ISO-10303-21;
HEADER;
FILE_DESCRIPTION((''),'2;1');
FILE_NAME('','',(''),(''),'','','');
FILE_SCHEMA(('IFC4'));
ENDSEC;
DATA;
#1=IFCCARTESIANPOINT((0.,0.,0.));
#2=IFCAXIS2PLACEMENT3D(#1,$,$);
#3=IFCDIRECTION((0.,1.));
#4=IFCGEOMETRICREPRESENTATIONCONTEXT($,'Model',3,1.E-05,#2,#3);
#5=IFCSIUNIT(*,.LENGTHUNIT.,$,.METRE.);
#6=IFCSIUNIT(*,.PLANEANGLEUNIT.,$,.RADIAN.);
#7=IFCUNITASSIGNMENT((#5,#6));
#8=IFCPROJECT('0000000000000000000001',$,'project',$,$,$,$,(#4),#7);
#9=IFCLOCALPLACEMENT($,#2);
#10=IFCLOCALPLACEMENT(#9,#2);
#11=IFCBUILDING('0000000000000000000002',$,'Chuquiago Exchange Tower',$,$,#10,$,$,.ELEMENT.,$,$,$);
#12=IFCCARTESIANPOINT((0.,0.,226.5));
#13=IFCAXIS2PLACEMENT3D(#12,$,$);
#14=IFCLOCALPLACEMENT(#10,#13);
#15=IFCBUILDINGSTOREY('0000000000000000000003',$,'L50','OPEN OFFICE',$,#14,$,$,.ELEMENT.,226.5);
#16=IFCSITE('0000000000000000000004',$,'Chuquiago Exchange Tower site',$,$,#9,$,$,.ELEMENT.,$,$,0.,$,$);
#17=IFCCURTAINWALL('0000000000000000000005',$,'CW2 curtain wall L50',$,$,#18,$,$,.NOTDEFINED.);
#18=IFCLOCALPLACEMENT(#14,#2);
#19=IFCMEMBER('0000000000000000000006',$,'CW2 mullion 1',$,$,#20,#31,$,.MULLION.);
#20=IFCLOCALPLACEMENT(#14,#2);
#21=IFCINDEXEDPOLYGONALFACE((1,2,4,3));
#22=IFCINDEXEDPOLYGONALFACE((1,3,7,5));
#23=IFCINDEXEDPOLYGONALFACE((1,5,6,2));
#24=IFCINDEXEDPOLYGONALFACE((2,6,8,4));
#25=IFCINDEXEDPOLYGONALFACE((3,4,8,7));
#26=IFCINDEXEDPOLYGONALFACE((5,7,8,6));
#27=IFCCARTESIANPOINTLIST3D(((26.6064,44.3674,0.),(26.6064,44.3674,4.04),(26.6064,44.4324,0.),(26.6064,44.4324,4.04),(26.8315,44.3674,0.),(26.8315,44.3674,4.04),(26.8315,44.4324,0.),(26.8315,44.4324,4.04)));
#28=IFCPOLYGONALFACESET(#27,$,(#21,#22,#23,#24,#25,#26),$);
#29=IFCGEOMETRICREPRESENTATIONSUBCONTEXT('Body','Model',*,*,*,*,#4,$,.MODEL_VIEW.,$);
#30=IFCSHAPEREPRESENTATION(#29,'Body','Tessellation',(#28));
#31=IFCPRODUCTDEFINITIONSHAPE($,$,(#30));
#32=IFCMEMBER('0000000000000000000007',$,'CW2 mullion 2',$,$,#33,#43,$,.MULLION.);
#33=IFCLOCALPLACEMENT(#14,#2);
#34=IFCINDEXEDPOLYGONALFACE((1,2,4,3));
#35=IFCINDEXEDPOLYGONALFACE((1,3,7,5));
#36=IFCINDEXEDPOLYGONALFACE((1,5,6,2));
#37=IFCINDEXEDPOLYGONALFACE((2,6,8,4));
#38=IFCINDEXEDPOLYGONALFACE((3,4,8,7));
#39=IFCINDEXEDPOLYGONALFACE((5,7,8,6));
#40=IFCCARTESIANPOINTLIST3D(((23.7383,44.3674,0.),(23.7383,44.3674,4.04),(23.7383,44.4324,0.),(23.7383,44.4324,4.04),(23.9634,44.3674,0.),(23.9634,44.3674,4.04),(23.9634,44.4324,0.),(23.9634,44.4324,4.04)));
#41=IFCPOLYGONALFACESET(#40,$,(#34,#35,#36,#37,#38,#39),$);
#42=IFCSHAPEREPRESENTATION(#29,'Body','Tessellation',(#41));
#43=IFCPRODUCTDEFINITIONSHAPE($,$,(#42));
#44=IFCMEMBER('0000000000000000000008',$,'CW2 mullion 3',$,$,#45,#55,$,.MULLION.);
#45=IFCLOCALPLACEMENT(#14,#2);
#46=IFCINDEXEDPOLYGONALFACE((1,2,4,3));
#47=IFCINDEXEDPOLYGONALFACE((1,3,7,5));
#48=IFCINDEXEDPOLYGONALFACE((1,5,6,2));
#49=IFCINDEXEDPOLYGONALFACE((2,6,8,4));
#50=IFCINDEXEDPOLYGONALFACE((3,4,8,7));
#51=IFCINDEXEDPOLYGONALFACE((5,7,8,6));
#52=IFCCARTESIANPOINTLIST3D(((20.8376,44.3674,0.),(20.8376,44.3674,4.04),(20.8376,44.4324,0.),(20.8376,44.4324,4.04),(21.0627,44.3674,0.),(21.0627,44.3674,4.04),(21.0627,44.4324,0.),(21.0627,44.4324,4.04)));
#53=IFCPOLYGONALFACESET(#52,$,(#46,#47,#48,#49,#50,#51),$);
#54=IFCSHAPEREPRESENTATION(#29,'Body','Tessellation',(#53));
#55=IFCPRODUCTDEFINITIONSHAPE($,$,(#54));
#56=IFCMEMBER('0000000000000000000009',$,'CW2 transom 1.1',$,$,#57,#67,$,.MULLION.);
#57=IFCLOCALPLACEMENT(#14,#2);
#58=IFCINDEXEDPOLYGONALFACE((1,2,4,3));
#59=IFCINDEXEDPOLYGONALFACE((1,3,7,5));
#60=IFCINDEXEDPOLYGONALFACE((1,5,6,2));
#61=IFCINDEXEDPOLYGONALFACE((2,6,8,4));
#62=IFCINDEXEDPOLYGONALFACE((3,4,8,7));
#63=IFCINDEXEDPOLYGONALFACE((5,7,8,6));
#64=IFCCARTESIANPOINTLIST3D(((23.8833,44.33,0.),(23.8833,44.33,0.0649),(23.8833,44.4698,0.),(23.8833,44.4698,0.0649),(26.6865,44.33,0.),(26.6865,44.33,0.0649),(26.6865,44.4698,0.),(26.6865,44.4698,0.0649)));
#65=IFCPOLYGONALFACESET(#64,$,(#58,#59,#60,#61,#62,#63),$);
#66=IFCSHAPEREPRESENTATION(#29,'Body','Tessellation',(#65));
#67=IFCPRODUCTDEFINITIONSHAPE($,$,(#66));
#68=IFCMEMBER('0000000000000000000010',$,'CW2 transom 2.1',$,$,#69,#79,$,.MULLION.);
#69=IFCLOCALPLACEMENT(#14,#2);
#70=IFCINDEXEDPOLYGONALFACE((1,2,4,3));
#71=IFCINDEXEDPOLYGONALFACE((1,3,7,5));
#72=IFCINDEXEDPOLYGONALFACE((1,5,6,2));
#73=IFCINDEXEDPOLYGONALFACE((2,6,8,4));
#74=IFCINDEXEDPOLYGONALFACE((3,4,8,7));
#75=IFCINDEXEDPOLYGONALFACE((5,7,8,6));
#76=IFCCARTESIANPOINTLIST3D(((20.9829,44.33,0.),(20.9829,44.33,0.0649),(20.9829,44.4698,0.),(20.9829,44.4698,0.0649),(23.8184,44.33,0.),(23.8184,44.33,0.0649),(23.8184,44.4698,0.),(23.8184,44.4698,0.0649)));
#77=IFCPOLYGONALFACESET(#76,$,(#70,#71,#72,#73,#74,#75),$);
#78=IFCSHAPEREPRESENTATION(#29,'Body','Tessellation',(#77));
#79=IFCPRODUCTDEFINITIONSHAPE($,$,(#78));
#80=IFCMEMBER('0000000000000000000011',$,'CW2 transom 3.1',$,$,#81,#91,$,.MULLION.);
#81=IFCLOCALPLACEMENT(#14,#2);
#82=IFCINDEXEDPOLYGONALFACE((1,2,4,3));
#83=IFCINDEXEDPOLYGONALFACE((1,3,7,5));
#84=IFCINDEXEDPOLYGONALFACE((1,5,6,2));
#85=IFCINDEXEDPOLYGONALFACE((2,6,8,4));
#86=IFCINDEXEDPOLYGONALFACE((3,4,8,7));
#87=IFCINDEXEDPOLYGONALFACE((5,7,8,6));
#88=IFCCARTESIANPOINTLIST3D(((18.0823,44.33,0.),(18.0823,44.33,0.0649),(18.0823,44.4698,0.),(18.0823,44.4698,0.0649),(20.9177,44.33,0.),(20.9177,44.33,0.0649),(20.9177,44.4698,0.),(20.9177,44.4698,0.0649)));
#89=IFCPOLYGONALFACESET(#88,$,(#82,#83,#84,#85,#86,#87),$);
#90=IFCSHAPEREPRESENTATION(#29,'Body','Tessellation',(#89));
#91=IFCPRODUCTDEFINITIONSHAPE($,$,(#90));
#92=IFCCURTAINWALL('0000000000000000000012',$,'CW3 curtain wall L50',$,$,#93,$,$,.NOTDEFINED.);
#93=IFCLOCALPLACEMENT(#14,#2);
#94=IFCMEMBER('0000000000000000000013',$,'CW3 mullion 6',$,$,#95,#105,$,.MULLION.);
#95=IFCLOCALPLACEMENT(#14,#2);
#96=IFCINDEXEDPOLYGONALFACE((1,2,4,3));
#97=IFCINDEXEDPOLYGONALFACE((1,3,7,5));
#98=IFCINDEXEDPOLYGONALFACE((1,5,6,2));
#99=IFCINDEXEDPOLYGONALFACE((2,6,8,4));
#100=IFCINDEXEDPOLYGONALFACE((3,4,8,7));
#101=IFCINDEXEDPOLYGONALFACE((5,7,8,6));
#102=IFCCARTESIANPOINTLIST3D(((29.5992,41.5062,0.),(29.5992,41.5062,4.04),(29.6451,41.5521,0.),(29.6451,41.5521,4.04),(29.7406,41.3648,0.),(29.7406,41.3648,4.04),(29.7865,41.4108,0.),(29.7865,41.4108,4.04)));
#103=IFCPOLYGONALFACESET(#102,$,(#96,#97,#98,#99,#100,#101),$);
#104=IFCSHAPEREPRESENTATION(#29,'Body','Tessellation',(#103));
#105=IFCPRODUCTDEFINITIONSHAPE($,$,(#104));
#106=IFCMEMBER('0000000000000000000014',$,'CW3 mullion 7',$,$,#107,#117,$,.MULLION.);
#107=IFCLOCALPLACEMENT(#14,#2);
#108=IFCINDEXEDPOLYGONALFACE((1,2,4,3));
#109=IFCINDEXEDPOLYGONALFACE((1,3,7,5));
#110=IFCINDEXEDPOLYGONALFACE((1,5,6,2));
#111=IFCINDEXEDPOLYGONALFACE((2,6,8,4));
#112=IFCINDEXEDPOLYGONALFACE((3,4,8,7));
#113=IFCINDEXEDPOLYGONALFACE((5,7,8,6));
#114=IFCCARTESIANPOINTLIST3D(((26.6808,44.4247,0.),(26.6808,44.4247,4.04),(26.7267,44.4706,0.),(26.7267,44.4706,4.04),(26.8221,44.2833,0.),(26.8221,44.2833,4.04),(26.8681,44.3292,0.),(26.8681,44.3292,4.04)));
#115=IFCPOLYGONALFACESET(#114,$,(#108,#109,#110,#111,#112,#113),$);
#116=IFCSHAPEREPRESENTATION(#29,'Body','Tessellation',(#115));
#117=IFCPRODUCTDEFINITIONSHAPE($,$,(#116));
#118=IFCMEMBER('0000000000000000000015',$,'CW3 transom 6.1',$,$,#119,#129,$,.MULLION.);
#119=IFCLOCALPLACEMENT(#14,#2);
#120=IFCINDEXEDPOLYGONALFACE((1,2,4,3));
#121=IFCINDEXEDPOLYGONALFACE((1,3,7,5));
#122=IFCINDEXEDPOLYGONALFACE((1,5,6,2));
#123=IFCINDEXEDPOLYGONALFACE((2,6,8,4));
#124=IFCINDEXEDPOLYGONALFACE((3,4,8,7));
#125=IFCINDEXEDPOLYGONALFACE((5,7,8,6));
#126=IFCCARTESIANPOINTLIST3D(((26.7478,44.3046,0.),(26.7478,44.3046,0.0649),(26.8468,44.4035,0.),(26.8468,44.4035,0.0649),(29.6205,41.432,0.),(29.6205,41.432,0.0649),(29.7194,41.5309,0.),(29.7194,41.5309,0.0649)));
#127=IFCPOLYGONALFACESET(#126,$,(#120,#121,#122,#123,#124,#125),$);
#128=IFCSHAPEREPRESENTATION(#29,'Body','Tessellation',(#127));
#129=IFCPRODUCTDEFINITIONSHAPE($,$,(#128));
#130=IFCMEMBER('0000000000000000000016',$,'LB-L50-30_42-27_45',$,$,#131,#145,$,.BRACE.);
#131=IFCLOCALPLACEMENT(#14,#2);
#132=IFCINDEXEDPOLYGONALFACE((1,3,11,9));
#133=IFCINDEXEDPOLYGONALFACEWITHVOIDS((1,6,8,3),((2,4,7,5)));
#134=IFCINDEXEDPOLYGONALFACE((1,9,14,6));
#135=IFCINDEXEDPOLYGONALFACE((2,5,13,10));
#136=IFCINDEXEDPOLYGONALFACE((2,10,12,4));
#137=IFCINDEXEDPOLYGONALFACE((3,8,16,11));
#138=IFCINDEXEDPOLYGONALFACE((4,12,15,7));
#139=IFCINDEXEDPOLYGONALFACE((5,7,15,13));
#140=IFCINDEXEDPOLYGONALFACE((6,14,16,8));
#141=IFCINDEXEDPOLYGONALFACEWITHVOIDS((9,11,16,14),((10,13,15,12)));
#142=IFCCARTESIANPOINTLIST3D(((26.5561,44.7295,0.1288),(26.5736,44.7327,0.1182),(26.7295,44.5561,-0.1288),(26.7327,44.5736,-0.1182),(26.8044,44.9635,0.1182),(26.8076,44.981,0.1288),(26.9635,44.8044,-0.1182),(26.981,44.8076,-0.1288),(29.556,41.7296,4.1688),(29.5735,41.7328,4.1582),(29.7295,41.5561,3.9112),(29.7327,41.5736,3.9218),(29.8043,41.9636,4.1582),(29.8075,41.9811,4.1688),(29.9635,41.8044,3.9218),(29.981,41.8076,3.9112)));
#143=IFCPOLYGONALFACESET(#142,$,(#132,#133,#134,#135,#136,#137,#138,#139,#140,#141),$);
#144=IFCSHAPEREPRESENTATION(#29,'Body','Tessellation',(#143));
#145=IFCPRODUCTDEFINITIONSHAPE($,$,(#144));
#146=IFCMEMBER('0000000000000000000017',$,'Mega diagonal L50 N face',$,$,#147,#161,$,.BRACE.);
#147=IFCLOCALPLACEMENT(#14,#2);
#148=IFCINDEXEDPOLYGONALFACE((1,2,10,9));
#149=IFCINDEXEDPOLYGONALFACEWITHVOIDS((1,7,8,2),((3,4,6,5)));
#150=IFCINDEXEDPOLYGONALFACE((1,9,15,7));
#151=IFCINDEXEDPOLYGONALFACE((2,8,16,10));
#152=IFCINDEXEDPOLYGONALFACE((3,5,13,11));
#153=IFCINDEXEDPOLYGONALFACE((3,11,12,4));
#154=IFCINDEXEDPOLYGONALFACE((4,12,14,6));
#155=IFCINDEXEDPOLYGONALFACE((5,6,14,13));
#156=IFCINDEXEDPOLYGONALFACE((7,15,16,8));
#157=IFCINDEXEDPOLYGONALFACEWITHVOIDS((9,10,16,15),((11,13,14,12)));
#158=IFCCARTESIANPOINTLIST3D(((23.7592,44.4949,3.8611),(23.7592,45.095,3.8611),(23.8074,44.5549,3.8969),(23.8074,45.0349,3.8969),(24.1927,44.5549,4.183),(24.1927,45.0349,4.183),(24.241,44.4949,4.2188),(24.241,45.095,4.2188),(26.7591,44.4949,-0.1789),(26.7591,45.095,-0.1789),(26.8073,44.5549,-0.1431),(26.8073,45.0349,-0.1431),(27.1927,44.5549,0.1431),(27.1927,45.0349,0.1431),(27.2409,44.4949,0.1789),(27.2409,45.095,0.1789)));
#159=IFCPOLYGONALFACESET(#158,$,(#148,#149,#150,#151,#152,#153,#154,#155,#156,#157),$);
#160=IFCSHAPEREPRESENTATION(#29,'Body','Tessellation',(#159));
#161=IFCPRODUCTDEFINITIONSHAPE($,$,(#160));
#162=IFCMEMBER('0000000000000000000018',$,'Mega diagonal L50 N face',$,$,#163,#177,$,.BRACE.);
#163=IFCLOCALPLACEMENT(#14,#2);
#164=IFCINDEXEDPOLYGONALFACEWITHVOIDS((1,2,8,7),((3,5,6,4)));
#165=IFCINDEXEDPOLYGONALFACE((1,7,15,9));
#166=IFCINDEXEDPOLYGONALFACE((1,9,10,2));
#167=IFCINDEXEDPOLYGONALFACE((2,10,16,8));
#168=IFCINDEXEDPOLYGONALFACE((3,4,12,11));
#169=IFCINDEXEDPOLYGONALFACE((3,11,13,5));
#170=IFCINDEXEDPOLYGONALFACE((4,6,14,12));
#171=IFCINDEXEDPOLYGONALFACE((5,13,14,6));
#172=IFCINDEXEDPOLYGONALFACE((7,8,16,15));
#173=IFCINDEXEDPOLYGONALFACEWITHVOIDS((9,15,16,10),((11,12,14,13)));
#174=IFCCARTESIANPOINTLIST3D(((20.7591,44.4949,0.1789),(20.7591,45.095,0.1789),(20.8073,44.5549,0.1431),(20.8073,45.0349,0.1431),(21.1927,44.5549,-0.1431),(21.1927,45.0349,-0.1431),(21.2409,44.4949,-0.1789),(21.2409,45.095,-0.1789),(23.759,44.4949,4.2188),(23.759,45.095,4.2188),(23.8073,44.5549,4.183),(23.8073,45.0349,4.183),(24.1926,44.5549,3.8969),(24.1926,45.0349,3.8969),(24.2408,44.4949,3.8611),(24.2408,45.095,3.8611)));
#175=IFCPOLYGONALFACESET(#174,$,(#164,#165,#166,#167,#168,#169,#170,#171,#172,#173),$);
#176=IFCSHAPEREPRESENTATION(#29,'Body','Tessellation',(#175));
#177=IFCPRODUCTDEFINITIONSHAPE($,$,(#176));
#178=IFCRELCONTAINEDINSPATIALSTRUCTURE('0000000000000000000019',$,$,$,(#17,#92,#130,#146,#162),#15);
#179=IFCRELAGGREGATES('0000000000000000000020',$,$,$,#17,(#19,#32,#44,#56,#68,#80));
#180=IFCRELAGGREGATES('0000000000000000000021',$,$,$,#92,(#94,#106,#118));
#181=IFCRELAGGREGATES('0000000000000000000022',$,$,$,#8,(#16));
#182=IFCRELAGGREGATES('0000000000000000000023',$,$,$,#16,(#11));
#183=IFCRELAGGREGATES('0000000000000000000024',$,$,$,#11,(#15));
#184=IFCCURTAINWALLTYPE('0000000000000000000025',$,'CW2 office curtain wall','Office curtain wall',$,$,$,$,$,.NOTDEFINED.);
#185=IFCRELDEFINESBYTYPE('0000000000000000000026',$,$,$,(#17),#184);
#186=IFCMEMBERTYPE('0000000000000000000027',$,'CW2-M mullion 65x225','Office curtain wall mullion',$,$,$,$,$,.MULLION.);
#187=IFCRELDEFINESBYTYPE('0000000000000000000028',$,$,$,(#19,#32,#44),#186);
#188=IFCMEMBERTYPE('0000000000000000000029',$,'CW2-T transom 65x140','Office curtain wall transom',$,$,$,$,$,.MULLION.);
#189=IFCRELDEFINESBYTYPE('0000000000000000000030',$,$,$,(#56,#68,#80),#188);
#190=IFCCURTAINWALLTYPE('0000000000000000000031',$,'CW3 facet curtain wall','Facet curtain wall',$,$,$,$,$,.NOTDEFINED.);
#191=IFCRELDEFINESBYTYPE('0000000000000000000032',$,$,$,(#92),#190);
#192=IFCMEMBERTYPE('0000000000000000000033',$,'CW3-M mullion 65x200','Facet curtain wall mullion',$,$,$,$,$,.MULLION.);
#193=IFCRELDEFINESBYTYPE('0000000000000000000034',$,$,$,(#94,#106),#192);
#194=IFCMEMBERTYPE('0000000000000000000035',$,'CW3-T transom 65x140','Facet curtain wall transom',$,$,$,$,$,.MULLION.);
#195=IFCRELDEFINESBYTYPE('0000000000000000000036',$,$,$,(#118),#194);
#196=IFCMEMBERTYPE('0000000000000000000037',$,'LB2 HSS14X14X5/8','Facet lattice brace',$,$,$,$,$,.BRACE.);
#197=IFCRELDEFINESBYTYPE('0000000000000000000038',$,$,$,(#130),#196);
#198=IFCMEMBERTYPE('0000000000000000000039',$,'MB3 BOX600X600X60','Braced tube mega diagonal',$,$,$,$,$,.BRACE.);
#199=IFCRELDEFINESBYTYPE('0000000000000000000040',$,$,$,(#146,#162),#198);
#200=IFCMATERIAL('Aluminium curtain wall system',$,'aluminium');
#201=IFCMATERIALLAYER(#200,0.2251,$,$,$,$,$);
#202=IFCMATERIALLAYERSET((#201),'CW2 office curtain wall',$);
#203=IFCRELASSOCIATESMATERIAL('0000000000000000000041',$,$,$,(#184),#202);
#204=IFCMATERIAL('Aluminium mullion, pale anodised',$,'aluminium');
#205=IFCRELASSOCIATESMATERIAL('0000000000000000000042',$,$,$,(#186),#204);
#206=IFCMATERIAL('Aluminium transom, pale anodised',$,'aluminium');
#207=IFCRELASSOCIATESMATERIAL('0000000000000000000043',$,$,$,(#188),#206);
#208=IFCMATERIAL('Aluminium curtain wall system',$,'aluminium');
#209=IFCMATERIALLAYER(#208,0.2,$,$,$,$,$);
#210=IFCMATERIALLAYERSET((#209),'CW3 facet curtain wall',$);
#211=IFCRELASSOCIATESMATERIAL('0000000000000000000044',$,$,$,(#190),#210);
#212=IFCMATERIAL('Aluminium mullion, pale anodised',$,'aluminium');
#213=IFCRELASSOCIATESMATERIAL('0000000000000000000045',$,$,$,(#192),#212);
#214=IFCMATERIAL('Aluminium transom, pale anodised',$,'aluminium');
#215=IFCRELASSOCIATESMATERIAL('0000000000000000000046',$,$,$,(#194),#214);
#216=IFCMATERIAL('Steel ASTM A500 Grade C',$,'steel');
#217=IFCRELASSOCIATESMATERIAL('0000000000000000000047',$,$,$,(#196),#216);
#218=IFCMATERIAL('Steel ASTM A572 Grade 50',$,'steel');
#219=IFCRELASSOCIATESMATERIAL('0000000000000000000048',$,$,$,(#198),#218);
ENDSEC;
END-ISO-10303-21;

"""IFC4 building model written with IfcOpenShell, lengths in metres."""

from ifc_helpers import new_model, si_unit, direction, frame, origin, origin_2d, place, context, subcontext, project, spatial, rectangle, hollow_rectangle, extrude, material, layer, layer_set, material_profile, profile_set, type_object, element, aggregate, save


model = new_model("IFC4")

# Units and contexts
model_context = context("Model", 3, precision=1e-05, world=origin(), true_north=direction((0.0, 1.0)))
body_context = subcontext(model_context, "Body", "Model", "MODEL_VIEW")
ifc_project = project(units=[si_unit("LENGTHUNIT", "METRE"), si_unit("PLANEANGLEUNIT", "RADIAN")], contexts=[model_context])

# Site, building, storey
site_placement = place(None, origin())
site = spatial("IfcSite", under=ifc_project, at=site_placement, Name="Chuquiago Exchange Tower site", CompositionType="ELEMENT", RefElevation=0.0)
building_placement = place(site_placement, origin())
building = spatial("IfcBuilding", under=site, at=building_placement, Name="Chuquiago Exchange Tower", CompositionType="ELEMENT")
storey_placement = place(building_placement, frame((0.0, 0.0, 226.5)))
storey = spatial("IfcBuildingStorey", under=building, at=storey_placement, Name="L50", Description="OPEN OFFICE", CompositionType="ELEMENT", Elevation=226.5)

# Curtain walls, members
ifc_material_1 = material(Name="Aluminium curtain wall system", Category="aluminium")
ifc_layer_1 = layer(ifc_material_1, 0.2251)
ifc_layer_set_1 = layer_set([ifc_layer_1], Name="CW2 office curtain wall")
curtain_wall_type_1 = type_object("IfcCurtainWallType", Name="CW2 office curtain wall", Description="Office curtain wall", PredefinedType="NOTDEFINED", material=ifc_layer_set_1)
curtain_wall_1_placement = place(storey_placement, origin())
curtain_wall_1 = element("IfcCurtainWall", 1, at=curtain_wall_1_placement, inside=storey, type_object=curtain_wall_type_1, Name="CW2 curtain wall L50", PredefinedType="NOTDEFINED")
ifc_material_2 = material(Name="Aluminium mullion, pale anodised", Category="aluminium")
ifc_material_profile_1 = material_profile(ifc_material_2, rectangle(XDim=0.0649, YDim=0.2251, at=origin_2d()), Name="AL 65x225")
ifc_profile_set_1 = profile_set([ifc_material_profile_1], Name="Aluminium mullion, pale anodised")
member_type_1 = type_object("IfcMemberType", Name="CW2-M mullion 65x225", Description="Office curtain wall mullion", PredefinedType="MULLION", material=ifc_profile_set_1)
member_1_placement = place(storey_placement, frame((26.719, 44.3999, 0.0), z_axis=(0.0, 0.0, 1.0), x_axis=(0.0, -1.0, 0.0)))
member_1 = element("IfcMember", 2, at=member_1_placement, type_object=member_type_1, Name="CW2 mullion 1", PredefinedType="MULLION", context=body_context, shape_type="SweptSolid", body=[
    extrude(rectangle(XDim=0.0649, YDim=0.2251, at=origin_2d()), origin(), (0.0, 0.0, 1.0), 4.04),
])
member_2_placement = place(storey_placement, frame((23.8508, 44.3999, 0.0), z_axis=(0.0, 0.0, 1.0), x_axis=(0.0, -1.0, 0.0)))
member_2 = element("IfcMember", 3, at=member_2_placement, type_object=member_type_1, Name="CW2 mullion 2", PredefinedType="MULLION", context=body_context, shape_type="SweptSolid", body=[
    extrude(rectangle(XDim=0.0649, YDim=0.2251, at=origin_2d()), origin(), (0.0, 0.0, 1.0), 4.04),
])
member_3_placement = place(storey_placement, frame((20.9502, 44.3999, 0.0), z_axis=(0.0, 0.0, 1.0), x_axis=(0.0, -1.0, 0.0)))
member_3 = element("IfcMember", 4, at=member_3_placement, type_object=member_type_1, Name="CW2 mullion 3", PredefinedType="MULLION", context=body_context, shape_type="SweptSolid", body=[
    extrude(rectangle(XDim=0.0649, YDim=0.2251, at=origin_2d()), origin(), (0.0, 0.0, 1.0), 4.04),
])
ifc_material_3 = material(Name="Aluminium transom, pale anodised", Category="aluminium")
ifc_material_profile_2 = material_profile(ifc_material_3, rectangle(XDim=0.1399, YDim=0.0649, at=origin_2d()), Name="AL 140x65")
ifc_profile_set_2 = profile_set([ifc_material_profile_2], Name="Aluminium transom, pale anodised")
member_type_2 = type_object("IfcMemberType", Name="CW2-T transom 65x140", Description="Office curtain wall transom", PredefinedType="MULLION", material=ifc_profile_set_2)
member_4_placement = place(storey_placement, frame((26.6865, 44.3999, 0.0325), z_axis=(-1.0, 0.0, 0.0), x_axis=(0.0, -1.0, 0.0)))
member_4 = element("IfcMember", 5, at=member_4_placement, type_object=member_type_2, Name="CW2 transom 1.1", PredefinedType="MULLION", context=body_context, shape_type="SweptSolid", body=[
    extrude(rectangle(XDim=0.1399, YDim=0.0649, at=origin_2d()), origin(), (0.0, 0.0, 1.0), 2.8032),
])
member_5_placement = place(storey_placement, frame((23.8184, 44.3999, 0.0325), z_axis=(-1.0, 0.0, 0.0), x_axis=(0.0, -1.0, 0.0)))
member_5 = element("IfcMember", 6, at=member_5_placement, type_object=member_type_2, Name="CW2 transom 2.1", PredefinedType="MULLION", context=body_context, shape_type="SweptSolid", body=[
    extrude(rectangle(XDim=0.1399, YDim=0.0649, at=origin_2d()), origin(), (0.0, 0.0, 1.0), 2.8354),
])
member_6_placement = place(storey_placement, frame((20.9177, 44.3999, 0.0325), z_axis=(-1.0, 0.0, 0.0), x_axis=(0.0, -1.0, 0.0)))
member_6 = element("IfcMember", 7, at=member_6_placement, type_object=member_type_2, Name="CW2 transom 3.1", PredefinedType="MULLION", context=body_context, shape_type="SweptSolid", body=[
    extrude(rectangle(XDim=0.1399, YDim=0.0649, at=origin_2d()), origin(), (0.0, 0.0, 1.0), 2.8354),
])
ifc_material_4 = material(Name="Aluminium curtain wall system", Category="aluminium")
ifc_layer_2 = layer(ifc_material_4, 0.2)
ifc_layer_set_2 = layer_set([ifc_layer_2], Name="CW3 facet curtain wall")
curtain_wall_type_2 = type_object("IfcCurtainWallType", Name="CW3 facet curtain wall", Description="Facet curtain wall", PredefinedType="NOTDEFINED", material=ifc_layer_set_2)
curtain_wall_2_placement = place(storey_placement, origin())
curtain_wall_2 = element("IfcCurtainWall", 8, at=curtain_wall_2_placement, inside=storey, type_object=curtain_wall_type_2, Name="CW3 curtain wall L50", PredefinedType="NOTDEFINED")
ifc_material_5 = material(Name="Aluminium mullion, pale anodised", Category="aluminium")
ifc_material_profile_3 = material_profile(ifc_material_5, rectangle(XDim=0.0649, YDim=0.2, at=origin_2d()), Name="AL 65x200")
ifc_profile_set_3 = profile_set([ifc_material_profile_3], Name="Aluminium mullion, pale anodised")
member_type_3 = type_object("IfcMemberType", Name="CW3-M mullion 65x200", Description="Facet curtain wall mullion", PredefinedType="MULLION", material=ifc_profile_set_3)
member_7_placement = place(storey_placement, frame((29.6929, 41.4585, 0.0), z_axis=(0.0, 0.0, 1.0), x_axis=(-0.707107, -0.707107, 0.0)))
member_7 = element("IfcMember", 9, at=member_7_placement, type_object=member_type_3, Name="CW3 mullion 6", PredefinedType="MULLION", context=body_context, shape_type="SweptSolid", body=[
    extrude(rectangle(XDim=0.0649, YDim=0.2, at=origin_2d()), origin(), (0.0, 0.0, 1.0), 4.04),
])
member_8_placement = place(storey_placement, frame((26.7744, 44.377, 0.0), z_axis=(0.0, 0.0, 1.0), x_axis=(-0.707107, -0.707107, 0.0)))
member_8 = element("IfcMember", 10, at=member_8_placement, type_object=member_type_3, Name="CW3 mullion 7", PredefinedType="MULLION", context=body_context, shape_type="SweptSolid", body=[
    extrude(rectangle(XDim=0.0649, YDim=0.2, at=origin_2d()), origin(), (0.0, 0.0, 1.0), 4.04),
])
ifc_material_6 = material(Name="Aluminium transom, pale anodised", Category="aluminium")
ifc_material_profile_4 = material_profile(ifc_material_6, rectangle(XDim=0.1399, YDim=0.0649, at=origin_2d()), Name="AL 140x65")
ifc_profile_set_4 = profile_set([ifc_material_profile_4], Name="Aluminium transom, pale anodised")
member_type_4 = type_object("IfcMemberType", Name="CW3-T transom 65x140", Description="Facet curtain wall transom", PredefinedType="MULLION", material=ifc_profile_set_4)
member_9_placement = place(storey_placement, frame((29.6699, 41.4814, 0.0325), z_axis=(-0.707107, 0.707107, 0.0), x_axis=(-0.707107, -0.707107, 0.0)))
member_9 = element("IfcMember", 11, at=member_9_placement, type_object=member_type_4, Name="CW3 transom 6.1", PredefinedType="MULLION", context=body_context, shape_type="SweptSolid", body=[
    extrude(rectangle(XDim=0.1399, YDim=0.0649, at=origin_2d()), origin(), (0.0, 0.0, 1.0), 4.0625),
])

# Members
ifc_material_7 = material(Name="Steel ASTM A500 Grade C", Category="steel")
ifc_material_profile_5 = material_profile(ifc_material_7, hollow_rectangle(XDim=0.3557, YDim=0.3557, WallThickness=0.0146, at=origin_2d()), Name="HSS14X14X5/8")
ifc_profile_set_5 = profile_set([ifc_material_profile_5], Name="Steel ASTM A500 Grade C")
member_type_5 = type_object("IfcMemberType", Name="LB2 HSS14X14X5/8", Description="Facet lattice brace", PredefinedType="BRACE", material=ifc_profile_set_5)
member_10_placement = place(storey_placement, frame((26.7686, 44.7686, 0.0), z_axis=(0.512077, -0.512077, 0.689604), x_axis=(0.707107, 0.707107, 0.0)))
element("IfcMember", 12, at=member_10_placement, inside=storey, type_object=member_type_5, Name="LB-L50-30_42-27_45", PredefinedType="BRACE", context=body_context, shape_type="SweptSolid", body=[
    extrude(hollow_rectangle(XDim=0.3557, YDim=0.3557, WallThickness=0.0146, at=origin_2d()), origin(), (0.0, 0.0, 1.0), 5.8584),
])
ifc_material_8 = material(Name="Steel ASTM A572 Grade 50", Category="steel")
ifc_material_profile_6 = material_profile(ifc_material_8, hollow_rectangle(XDim=0.6001, YDim=0.6001, WallThickness=0.0601, at=origin_2d()), Name="BOX600X600X60")
ifc_profile_set_6 = profile_set([ifc_material_profile_6], Name="Steel ASTM A572 Grade 50")
member_type_6 = type_object("IfcMemberType", Name="MB3 BOX600X600X60", Description="Braced tube mega diagonal", PredefinedType="BRACE", material=ifc_profile_set_6)
for number, where, z_axis, x_axis, name in (
    (13, (27.0, 44.7949, 0.0), (-0.596174, 0.0, 0.802855), (0.0, -1.0, 0.0), "Mega diagonal L50 N face"),
    (14, (21.0, 44.7949, 0.0), (0.596174, 0.0, 0.802855), (0.0, 1.0, 0.0), "Mega diagonal L50 N face"),
):
    element("IfcMember", number, at=place(storey_placement, frame(where, z_axis=z_axis, x_axis=x_axis)), inside=storey, type_object=member_type_6, Name=name, PredefinedType="BRACE", context=body_context, shape_type="SweptSolid", body=[
        extrude(hollow_rectangle(XDim=0.6001, YDim=0.6001, WallThickness=0.0601, at=origin_2d()), origin(), (0.0, 0.0, 1.0), 5.032),
    ])

aggregate(curtain_wall_1, [member_1, member_2, member_3, member_4, member_5, member_6])
aggregate(curtain_wall_2, [member_7, member_8, member_9])

save(model, "model.ifc")
